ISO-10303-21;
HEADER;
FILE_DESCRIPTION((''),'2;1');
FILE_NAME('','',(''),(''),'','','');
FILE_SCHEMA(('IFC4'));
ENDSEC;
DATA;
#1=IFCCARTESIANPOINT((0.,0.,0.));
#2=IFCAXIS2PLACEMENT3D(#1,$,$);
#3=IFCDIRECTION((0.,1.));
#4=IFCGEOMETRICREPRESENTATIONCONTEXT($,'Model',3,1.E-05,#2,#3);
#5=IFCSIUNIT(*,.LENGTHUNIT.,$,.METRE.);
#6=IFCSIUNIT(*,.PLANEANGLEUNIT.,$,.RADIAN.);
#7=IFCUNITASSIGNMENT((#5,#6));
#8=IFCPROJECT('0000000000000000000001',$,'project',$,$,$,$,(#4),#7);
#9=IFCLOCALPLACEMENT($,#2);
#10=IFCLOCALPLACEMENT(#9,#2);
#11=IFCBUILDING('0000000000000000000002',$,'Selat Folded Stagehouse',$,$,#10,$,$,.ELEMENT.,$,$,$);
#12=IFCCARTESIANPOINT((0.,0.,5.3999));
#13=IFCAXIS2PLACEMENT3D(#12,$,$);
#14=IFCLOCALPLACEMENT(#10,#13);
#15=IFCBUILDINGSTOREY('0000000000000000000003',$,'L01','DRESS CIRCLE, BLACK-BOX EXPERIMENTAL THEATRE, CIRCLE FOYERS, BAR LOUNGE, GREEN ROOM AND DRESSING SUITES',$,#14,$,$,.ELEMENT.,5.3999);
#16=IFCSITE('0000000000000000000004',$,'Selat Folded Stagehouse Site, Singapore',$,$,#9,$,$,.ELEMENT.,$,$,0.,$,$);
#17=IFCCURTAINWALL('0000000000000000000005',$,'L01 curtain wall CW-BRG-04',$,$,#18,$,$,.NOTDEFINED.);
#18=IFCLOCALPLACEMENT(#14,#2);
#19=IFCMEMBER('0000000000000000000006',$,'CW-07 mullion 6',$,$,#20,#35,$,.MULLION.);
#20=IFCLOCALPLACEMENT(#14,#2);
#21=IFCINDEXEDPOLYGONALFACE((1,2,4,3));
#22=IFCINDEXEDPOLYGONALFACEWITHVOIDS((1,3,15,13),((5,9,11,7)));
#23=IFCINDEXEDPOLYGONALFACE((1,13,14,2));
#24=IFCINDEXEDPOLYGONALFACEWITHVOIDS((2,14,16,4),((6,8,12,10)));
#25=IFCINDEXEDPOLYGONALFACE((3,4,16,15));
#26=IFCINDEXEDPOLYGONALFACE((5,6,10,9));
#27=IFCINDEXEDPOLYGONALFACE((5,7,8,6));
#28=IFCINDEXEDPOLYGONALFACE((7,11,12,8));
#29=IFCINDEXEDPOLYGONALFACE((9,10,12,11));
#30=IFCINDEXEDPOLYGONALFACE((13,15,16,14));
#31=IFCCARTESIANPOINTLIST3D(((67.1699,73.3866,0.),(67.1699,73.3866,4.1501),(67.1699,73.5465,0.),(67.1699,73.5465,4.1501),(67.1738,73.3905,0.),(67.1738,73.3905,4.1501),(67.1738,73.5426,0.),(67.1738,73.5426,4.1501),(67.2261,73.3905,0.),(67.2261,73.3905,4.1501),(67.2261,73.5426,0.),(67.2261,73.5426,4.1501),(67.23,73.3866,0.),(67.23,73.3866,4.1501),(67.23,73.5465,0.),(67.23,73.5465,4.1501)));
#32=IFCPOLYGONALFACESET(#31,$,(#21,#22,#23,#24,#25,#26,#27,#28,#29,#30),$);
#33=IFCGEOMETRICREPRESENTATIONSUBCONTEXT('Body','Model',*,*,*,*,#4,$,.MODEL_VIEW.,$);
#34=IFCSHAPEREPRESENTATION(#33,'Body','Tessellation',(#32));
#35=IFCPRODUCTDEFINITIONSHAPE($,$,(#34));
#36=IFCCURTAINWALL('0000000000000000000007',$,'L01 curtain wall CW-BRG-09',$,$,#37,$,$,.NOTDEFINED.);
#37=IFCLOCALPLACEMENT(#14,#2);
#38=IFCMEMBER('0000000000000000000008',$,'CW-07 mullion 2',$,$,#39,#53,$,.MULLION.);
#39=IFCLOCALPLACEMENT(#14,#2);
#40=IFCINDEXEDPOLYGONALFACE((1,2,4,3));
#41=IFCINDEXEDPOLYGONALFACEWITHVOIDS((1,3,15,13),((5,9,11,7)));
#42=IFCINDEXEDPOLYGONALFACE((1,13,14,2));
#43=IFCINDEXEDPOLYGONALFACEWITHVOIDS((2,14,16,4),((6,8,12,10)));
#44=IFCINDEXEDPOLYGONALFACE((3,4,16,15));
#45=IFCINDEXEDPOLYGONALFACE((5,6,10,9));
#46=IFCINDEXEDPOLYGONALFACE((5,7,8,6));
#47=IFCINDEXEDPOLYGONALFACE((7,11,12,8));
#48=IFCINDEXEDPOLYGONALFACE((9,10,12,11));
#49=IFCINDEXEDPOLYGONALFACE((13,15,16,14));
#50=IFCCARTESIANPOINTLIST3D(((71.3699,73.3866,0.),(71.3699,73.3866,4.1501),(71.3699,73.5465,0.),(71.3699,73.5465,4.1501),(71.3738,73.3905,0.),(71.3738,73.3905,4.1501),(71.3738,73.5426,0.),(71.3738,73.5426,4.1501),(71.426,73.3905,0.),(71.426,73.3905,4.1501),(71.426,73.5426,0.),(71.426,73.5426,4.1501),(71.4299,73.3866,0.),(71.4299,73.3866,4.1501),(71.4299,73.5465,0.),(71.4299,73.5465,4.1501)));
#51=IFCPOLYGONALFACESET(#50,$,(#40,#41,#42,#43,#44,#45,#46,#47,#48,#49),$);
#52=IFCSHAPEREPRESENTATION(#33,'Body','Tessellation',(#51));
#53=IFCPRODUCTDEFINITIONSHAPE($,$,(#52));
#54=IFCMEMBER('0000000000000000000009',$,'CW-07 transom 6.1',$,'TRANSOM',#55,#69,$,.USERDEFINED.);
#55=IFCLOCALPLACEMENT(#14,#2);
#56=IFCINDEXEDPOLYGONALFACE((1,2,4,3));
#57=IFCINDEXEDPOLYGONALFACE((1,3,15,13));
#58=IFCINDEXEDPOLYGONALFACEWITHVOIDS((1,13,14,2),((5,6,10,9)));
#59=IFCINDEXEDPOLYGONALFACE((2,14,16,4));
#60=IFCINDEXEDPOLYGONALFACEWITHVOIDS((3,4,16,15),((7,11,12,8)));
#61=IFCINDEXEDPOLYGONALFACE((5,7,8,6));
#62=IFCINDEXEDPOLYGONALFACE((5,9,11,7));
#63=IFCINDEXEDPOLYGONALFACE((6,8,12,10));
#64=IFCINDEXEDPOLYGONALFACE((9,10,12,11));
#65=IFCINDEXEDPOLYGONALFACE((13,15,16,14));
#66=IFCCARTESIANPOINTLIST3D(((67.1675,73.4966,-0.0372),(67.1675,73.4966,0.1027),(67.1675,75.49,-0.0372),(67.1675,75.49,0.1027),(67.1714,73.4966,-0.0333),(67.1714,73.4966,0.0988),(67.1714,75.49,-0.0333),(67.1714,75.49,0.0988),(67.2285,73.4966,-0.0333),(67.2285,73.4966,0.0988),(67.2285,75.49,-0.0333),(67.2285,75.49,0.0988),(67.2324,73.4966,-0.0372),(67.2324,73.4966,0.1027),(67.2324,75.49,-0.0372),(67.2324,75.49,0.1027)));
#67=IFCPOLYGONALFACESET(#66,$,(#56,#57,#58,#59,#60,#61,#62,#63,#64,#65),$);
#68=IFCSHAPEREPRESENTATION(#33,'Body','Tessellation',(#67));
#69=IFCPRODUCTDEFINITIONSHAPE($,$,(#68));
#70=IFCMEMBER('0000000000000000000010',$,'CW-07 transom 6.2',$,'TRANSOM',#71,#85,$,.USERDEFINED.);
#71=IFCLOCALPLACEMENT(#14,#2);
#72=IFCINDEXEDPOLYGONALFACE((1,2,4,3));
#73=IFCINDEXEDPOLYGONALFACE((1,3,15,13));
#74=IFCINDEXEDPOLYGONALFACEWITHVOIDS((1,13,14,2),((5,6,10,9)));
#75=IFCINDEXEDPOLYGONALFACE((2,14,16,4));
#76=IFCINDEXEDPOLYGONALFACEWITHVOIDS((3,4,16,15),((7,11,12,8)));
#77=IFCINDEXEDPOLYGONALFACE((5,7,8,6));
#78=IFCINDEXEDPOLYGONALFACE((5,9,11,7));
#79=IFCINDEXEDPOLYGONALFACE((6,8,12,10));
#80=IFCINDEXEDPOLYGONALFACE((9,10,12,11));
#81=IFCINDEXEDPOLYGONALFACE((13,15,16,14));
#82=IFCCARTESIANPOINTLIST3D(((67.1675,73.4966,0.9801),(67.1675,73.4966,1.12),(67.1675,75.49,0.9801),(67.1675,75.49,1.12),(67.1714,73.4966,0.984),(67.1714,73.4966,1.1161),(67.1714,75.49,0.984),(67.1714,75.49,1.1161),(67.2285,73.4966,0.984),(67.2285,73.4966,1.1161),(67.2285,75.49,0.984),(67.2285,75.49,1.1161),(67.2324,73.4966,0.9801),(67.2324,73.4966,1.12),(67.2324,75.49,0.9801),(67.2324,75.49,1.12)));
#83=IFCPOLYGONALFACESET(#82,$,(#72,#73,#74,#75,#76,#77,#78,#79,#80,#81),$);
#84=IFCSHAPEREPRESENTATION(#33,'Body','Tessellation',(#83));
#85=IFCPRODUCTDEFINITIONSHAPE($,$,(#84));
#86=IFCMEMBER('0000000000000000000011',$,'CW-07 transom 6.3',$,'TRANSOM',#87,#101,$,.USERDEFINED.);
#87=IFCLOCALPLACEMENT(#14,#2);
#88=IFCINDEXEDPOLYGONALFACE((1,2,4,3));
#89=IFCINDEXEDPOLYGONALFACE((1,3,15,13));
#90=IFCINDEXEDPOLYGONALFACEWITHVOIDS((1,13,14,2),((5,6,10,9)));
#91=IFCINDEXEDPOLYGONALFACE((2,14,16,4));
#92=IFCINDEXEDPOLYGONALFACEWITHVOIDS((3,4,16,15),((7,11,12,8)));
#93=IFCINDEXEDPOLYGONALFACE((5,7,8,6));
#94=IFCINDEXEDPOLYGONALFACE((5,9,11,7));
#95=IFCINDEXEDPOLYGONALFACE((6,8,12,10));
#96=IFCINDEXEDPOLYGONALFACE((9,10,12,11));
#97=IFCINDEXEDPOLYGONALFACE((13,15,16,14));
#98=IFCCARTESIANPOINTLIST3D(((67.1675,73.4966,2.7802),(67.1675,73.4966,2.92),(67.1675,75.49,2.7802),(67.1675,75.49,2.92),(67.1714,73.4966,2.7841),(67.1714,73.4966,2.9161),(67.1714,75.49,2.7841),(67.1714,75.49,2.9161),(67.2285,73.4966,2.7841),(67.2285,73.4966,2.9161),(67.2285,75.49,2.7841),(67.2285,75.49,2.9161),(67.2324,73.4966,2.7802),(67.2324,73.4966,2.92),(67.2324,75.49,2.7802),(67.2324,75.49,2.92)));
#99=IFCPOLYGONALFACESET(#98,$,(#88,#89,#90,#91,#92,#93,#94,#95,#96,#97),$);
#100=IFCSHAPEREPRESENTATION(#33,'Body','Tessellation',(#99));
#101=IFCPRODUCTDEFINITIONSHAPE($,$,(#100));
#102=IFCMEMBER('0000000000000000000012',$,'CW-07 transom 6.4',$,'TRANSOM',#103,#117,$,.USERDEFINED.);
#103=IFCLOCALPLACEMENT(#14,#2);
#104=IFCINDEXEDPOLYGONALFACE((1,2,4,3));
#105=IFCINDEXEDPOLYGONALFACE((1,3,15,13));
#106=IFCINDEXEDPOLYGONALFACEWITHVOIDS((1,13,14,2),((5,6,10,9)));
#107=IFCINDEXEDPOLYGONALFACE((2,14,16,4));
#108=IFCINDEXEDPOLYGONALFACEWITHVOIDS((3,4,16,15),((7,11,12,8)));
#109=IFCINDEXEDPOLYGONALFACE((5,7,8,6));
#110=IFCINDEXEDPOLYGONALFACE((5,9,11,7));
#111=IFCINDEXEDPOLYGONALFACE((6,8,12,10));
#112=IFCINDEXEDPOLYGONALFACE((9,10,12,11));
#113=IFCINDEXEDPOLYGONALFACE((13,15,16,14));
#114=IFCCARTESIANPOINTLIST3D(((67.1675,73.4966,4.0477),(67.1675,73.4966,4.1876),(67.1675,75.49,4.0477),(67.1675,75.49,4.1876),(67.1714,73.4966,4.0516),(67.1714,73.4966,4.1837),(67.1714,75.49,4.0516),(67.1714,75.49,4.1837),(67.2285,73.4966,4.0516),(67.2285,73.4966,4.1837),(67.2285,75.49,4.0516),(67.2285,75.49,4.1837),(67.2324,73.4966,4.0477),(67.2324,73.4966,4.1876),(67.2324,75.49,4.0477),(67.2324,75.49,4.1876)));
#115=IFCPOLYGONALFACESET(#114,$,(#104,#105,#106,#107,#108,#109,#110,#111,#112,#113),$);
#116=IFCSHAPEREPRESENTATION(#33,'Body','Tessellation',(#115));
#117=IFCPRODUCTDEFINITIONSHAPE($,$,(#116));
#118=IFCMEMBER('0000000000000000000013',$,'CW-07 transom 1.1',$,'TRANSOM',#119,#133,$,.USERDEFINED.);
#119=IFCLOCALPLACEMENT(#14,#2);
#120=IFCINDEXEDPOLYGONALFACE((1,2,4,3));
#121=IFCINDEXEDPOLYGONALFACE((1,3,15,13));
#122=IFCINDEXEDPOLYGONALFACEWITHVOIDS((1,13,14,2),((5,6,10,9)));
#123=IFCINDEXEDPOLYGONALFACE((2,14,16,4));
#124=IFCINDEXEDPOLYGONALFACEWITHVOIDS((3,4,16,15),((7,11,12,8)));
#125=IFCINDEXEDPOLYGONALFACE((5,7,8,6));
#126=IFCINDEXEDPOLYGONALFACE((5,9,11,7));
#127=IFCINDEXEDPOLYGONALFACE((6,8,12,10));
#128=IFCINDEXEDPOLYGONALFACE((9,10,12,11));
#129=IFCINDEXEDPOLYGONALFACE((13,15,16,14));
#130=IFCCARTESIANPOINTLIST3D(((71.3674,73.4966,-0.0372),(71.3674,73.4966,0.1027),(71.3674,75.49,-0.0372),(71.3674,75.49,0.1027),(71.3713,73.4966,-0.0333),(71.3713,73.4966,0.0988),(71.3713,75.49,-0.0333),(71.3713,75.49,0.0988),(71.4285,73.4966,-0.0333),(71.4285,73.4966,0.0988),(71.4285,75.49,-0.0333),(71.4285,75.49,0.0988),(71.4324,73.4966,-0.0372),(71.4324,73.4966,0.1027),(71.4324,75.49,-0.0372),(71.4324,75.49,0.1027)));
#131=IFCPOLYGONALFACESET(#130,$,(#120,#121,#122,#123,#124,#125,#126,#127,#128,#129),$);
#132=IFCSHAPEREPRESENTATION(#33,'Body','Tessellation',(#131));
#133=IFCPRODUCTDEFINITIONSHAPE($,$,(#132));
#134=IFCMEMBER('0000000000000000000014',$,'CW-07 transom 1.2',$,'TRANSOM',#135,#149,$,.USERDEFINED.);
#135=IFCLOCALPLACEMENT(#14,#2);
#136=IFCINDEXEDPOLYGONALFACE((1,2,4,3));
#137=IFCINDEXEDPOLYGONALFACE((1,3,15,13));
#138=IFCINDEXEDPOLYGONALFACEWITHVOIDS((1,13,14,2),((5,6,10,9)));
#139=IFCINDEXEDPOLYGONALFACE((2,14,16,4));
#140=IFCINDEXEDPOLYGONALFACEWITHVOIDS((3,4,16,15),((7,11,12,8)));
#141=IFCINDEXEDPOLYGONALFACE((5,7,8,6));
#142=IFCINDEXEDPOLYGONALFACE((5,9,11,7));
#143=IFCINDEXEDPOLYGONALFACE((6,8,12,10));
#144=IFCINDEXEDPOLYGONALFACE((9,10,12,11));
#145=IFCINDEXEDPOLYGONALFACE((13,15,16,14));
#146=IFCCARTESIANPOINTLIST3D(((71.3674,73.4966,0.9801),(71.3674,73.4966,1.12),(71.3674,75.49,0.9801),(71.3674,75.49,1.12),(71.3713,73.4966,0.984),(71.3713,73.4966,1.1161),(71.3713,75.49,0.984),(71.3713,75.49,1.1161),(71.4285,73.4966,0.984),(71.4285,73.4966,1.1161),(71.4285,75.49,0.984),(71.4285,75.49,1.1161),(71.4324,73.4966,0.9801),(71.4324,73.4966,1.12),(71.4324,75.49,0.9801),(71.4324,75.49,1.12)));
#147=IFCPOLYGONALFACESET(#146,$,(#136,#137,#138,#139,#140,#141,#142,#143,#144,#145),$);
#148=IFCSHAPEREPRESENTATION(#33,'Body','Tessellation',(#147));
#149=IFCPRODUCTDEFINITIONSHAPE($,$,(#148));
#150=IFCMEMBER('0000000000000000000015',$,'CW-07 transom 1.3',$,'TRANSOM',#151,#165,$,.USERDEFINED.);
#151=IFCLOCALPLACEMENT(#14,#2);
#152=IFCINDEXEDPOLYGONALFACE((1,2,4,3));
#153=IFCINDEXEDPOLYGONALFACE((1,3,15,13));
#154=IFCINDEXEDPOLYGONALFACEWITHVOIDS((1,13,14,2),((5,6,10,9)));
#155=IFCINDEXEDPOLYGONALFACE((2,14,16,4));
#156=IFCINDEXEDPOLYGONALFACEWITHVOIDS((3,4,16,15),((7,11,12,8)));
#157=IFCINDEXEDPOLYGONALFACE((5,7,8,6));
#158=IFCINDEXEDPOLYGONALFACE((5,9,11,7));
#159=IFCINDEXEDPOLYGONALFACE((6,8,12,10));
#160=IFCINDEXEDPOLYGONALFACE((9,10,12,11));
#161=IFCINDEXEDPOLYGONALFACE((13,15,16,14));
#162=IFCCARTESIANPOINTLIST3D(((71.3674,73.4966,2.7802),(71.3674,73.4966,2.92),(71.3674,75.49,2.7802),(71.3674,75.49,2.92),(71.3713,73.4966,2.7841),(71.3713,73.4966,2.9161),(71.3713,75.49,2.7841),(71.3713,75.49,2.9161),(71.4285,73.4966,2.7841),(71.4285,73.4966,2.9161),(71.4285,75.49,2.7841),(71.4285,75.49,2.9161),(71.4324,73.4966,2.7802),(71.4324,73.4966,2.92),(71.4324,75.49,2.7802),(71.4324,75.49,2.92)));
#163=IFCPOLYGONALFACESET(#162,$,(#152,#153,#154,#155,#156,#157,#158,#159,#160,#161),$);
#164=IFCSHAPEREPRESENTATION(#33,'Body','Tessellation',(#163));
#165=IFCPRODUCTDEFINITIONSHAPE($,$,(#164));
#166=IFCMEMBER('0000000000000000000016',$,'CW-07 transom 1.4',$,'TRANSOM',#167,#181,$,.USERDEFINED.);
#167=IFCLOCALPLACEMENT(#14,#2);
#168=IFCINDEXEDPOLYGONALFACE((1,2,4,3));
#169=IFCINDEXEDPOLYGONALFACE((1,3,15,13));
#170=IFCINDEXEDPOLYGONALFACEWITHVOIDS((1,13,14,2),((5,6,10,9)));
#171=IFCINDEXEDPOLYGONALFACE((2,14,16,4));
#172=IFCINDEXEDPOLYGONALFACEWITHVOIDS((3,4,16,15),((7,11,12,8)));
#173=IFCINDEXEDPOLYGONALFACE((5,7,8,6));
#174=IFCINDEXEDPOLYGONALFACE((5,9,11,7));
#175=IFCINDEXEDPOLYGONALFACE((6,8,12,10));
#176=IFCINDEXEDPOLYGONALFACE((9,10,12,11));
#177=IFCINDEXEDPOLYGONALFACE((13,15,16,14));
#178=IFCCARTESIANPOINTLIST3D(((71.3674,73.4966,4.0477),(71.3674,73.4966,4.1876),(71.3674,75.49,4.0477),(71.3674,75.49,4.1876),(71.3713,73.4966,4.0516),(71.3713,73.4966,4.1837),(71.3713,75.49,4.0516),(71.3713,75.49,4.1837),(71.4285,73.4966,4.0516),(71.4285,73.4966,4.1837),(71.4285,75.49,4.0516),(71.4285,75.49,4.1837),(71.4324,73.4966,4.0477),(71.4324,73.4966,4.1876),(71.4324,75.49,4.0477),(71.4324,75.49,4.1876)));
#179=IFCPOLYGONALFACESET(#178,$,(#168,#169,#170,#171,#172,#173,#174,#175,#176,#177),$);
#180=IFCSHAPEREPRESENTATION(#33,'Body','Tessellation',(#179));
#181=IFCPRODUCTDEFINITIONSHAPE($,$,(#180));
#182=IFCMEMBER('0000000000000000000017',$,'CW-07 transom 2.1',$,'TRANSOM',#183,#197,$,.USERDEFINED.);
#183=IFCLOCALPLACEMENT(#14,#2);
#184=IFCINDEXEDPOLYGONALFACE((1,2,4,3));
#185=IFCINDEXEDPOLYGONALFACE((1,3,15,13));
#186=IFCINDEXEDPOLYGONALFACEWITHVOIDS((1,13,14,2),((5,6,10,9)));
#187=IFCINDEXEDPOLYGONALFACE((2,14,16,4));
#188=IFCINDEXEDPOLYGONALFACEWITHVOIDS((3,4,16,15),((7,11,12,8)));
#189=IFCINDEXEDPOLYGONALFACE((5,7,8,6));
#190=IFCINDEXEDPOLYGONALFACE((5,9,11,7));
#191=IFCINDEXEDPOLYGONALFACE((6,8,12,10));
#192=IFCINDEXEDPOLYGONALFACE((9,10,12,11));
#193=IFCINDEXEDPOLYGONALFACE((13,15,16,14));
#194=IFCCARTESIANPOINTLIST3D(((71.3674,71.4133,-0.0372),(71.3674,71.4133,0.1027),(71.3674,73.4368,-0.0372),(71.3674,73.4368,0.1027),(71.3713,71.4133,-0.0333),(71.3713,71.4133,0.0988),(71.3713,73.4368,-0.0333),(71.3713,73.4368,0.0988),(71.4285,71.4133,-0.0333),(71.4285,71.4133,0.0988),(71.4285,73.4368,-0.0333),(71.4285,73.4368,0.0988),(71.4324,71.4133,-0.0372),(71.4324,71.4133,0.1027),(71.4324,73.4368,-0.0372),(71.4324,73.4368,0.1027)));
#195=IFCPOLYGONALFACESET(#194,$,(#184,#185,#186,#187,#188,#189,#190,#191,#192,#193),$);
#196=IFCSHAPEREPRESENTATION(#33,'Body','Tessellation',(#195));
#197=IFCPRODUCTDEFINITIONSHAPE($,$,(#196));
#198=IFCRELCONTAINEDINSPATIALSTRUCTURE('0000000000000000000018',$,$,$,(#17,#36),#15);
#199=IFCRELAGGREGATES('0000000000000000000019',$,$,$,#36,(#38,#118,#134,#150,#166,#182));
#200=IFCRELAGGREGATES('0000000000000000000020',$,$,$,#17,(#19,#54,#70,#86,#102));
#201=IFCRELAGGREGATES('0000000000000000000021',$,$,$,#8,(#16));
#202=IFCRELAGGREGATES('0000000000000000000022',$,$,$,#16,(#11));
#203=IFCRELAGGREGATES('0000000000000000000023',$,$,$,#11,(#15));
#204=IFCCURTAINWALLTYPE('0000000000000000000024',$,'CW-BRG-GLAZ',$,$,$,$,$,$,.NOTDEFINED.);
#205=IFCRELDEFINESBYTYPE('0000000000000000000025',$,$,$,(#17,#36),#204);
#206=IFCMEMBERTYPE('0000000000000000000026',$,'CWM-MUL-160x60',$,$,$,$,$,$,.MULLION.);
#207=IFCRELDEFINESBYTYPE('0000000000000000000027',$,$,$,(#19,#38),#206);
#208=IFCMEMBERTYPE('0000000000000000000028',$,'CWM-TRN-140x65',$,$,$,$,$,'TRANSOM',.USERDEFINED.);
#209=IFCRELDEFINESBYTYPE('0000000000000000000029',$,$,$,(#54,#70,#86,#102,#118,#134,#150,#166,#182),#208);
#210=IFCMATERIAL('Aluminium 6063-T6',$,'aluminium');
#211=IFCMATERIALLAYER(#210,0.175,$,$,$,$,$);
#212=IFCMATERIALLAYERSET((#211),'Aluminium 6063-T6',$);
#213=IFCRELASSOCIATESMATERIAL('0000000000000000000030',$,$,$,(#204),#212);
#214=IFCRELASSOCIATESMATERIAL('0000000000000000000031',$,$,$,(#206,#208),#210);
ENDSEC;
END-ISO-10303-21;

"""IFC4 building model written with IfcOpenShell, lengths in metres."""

from ifc_helpers import new_model, si_unit, direction, frame, origin, origin_2d, place, context, subcontext, project, spatial, hollow_rectangle, extrude, material, layer, layer_set, material_profile, profile_set, type_object, element, aggregate, save


model = new_model("IFC4")

# Units and contexts
model_context = context("Model", 3, precision=1e-05, world=origin(), true_north=direction((0.0, 1.0)))
body_context = subcontext(model_context, "Body", "Model", "MODEL_VIEW")
ifc_project = project(units=[si_unit("LENGTHUNIT", "METRE"), si_unit("PLANEANGLEUNIT", "RADIAN")], contexts=[model_context])

# Site, building, storey
site_placement = place(None, origin())
site = spatial("IfcSite", under=ifc_project, at=site_placement, Name="Selat Folded Stagehouse Site, Singapore", CompositionType="ELEMENT", RefElevation=0.0)
building_placement = place(site_placement, origin())
building = spatial("IfcBuilding", under=site, at=building_placement, Name="Selat Folded Stagehouse", CompositionType="ELEMENT")
storey_placement = place(building_placement, frame((0.0, 0.0, 5.3999)))
storey = spatial("IfcBuildingStorey", under=building, at=storey_placement, Name="L01", Description="DRESS CIRCLE, BLACK-BOX EXPERIMENTAL THEATRE, CIRCLE FOYERS, BAR LOUNGE, GREEN ROOM AND DRESSING SUITES", CompositionType="ELEMENT", Elevation=5.3999)

# Curtain walls, members
ifc_material_1 = material(Name="Aluminium 6063-T6", Category="aluminium")
ifc_layer_1 = layer(ifc_material_1, 0.175)
ifc_layer_set_1 = layer_set([ifc_layer_1], Name="Aluminium 6063-T6")
curtain_wall_type = type_object("IfcCurtainWallType", Name="CW-BRG-GLAZ", PredefinedType="NOTDEFINED", material=ifc_layer_set_1)
curtain_wall_1_placement = place(storey_placement, origin())
curtain_wall_1 = element("IfcCurtainWall", 1, at=curtain_wall_1_placement, inside=storey, type_object=curtain_wall_type, Name="L01 curtain wall CW-BRG-04", PredefinedType="NOTDEFINED")
ifc_material_profile_1 = material_profile(ifc_material_1, hollow_rectangle(XDim=0.0601, YDim=0.1599, WallThickness=0.0039, at=origin_2d()), Name="ALU 160x60x4.0")
ifc_profile_set_1 = profile_set([ifc_material_profile_1], Name="Aluminium 6063-T6")
member_type_1 = type_object("IfcMemberType", Name="CWM-MUL-160x60", PredefinedType="MULLION", material=ifc_profile_set_1)
member_1_placement = place(storey_placement, frame((67.2, 73.4666, 0.0), z_axis=(0.0, 0.0, 1.0), x_axis=(-1.0, 0.0, 0.0)))
member_1 = element("IfcMember", 2, at=member_1_placement, type_object=member_type_1, Name="CW-07 mullion 6", PredefinedType="MULLION", context=body_context, shape_type="SweptSolid", body=[
    extrude(hollow_rectangle(XDim=0.0601, YDim=0.1599, WallThickness=0.0039, at=origin_2d()), origin(), (0.0, 0.0, 1.0), 4.1501),
])
curtain_wall_2_placement = place(storey_placement, origin())
curtain_wall_2 = element("IfcCurtainWall", 3, at=curtain_wall_2_placement, inside=storey, type_object=curtain_wall_type, Name="L01 curtain wall CW-BRG-09", PredefinedType="NOTDEFINED")
member_2_placement = place(storey_placement, frame((71.3999, 73.4666, 0.0), z_axis=(0.0, 0.0, 1.0), x_axis=(1.0, 0.0, 0.0)))
member_2 = element("IfcMember", 4, at=member_2_placement, type_object=member_type_1, Name="CW-07 mullion 2", PredefinedType="MULLION", context=body_context, shape_type="SweptSolid", body=[
    extrude(hollow_rectangle(XDim=0.0601, YDim=0.1599, WallThickness=0.0039, at=origin_2d()), origin(), (0.0, 0.0, 1.0), 4.1501),
])

# Members
ifc_material_profile_2 = material_profile(ifc_material_1, hollow_rectangle(XDim=0.0649, YDim=0.1399, WallThickness=0.0039, at=origin_2d()), Name="ALU 140x65x4.0")
ifc_profile_set_2 = profile_set([ifc_material_profile_2], Name="Aluminium 6063-T6")
member_type_2 = type_object("IfcMemberType", Name="CWM-TRN-140x65", ElementType="TRANSOM", PredefinedType="USERDEFINED", material=ifc_profile_set_2)
member_3_placement = place(storey_placement, frame((67.2, 73.4966, 0.0327), z_axis=(0.0, 1.0, 0.0), x_axis=(-1.0, 0.0, 0.0)))
member_3 = element("IfcMember", 5, at=member_3_placement, type_object=member_type_2, Name="CW-07 transom 6.1", ObjectType="TRANSOM", PredefinedType="USERDEFINED", context=body_context, shape_type="SweptSolid", body=[
    extrude(hollow_rectangle(XDim=0.0649, YDim=0.1399, WallThickness=0.0039, at=origin_2d()), origin(), (0.0, 0.0, 1.0), 1.9934),
])
member_4_placement = place(storey_placement, frame((67.2, 73.4966, 1.05), z_axis=(0.0, 1.0, 0.0), x_axis=(-1.0, 0.0, 0.0)))
member_4 = element("IfcMember", 6, at=member_4_placement, type_object=member_type_2, Name="CW-07 transom 6.2", ObjectType="TRANSOM", PredefinedType="USERDEFINED", context=body_context, shape_type="SweptSolid", body=[
    extrude(hollow_rectangle(XDim=0.0649, YDim=0.1399, WallThickness=0.0039, at=origin_2d()), origin(), (0.0, 0.0, 1.0), 1.9934),
])
member_5_placement = place(storey_placement, frame((67.2, 73.4966, 2.8501), z_axis=(0.0, 1.0, 0.0), x_axis=(-1.0, 0.0, 0.0)))
member_5 = element("IfcMember", 7, at=member_5_placement, type_object=member_type_2, Name="CW-07 transom 6.3", ObjectType="TRANSOM", PredefinedType="USERDEFINED", context=body_context, shape_type="SweptSolid", body=[
    extrude(hollow_rectangle(XDim=0.0649, YDim=0.1399, WallThickness=0.0039, at=origin_2d()), origin(), (0.0, 0.0, 1.0), 1.9934),
])
member_6_placement = place(storey_placement, frame((67.2, 73.4966, 4.1177), z_axis=(0.0, 1.0, 0.0), x_axis=(-1.0, 0.0, 0.0)))
member_6 = element("IfcMember", 8, at=member_6_placement, type_object=member_type_2, Name="CW-07 transom 6.4", ObjectType="TRANSOM", PredefinedType="USERDEFINED", context=body_context, shape_type="SweptSolid", body=[
    extrude(hollow_rectangle(XDim=0.0649, YDim=0.1399, WallThickness=0.0039, at=origin_2d()), origin(), (0.0, 0.0, 1.0), 1.9934),
])
member_7_placement = place(storey_placement, frame((71.3999, 75.49, 0.0327), z_axis=(0.0, -1.0, 0.0), x_axis=(1.0, 0.0, 0.0)))
member_7 = element("IfcMember", 9, at=member_7_placement, type_object=member_type_2, Name="CW-07 transom 1.1", ObjectType="TRANSOM", PredefinedType="USERDEFINED", context=body_context, shape_type="SweptSolid", body=[
    extrude(hollow_rectangle(XDim=0.0649, YDim=0.1399, WallThickness=0.0039, at=origin_2d()), origin(), (0.0, 0.0, 1.0), 1.9934),
])
member_8_placement = place(storey_placement, frame((71.3999, 75.49, 1.05), z_axis=(0.0, -1.0, 0.0), x_axis=(1.0, 0.0, 0.0)))
member_8 = element("IfcMember", 10, at=member_8_placement, type_object=member_type_2, Name="CW-07 transom 1.2", ObjectType="TRANSOM", PredefinedType="USERDEFINED", context=body_context, shape_type="SweptSolid", body=[
    extrude(hollow_rectangle(XDim=0.0649, YDim=0.1399, WallThickness=0.0039, at=origin_2d()), origin(), (0.0, 0.0, 1.0), 1.9934),
])
member_9_placement = place(storey_placement, frame((71.3999, 75.49, 2.8501), z_axis=(0.0, -1.0, 0.0), x_axis=(1.0, 0.0, 0.0)))
member_9 = element("IfcMember", 11, at=member_9_placement, type_object=member_type_2, Name="CW-07 transom 1.3", ObjectType="TRANSOM", PredefinedType="USERDEFINED", context=body_context, shape_type="SweptSolid", body=[
    extrude(hollow_rectangle(XDim=0.0649, YDim=0.1399, WallThickness=0.0039, at=origin_2d()), origin(), (0.0, 0.0, 1.0), 1.9934),
])
member_10_placement = place(storey_placement, frame((71.3999, 75.49, 4.1177), z_axis=(0.0, -1.0, 0.0), x_axis=(1.0, 0.0, 0.0)))
member_10 = element("IfcMember", 12, at=member_10_placement, type_object=member_type_2, Name="CW-07 transom 1.4", ObjectType="TRANSOM", PredefinedType="USERDEFINED", context=body_context, shape_type="SweptSolid", body=[
    extrude(hollow_rectangle(XDim=0.0649, YDim=0.1399, WallThickness=0.0039, at=origin_2d()), origin(), (0.0, 0.0, 1.0), 1.9934),
])
member_11_placement = place(storey_placement, frame((71.3999, 73.4368, 0.0327), z_axis=(0.0, -1.0, 0.0), x_axis=(1.0, 0.0, 0.0)))
member_11 = element("IfcMember", 13, at=member_11_placement, type_object=member_type_2, Name="CW-07 transom 2.1", ObjectType="TRANSOM", PredefinedType="USERDEFINED", context=body_context, shape_type="SweptSolid", body=[
    extrude(hollow_rectangle(XDim=0.0649, YDim=0.1399, WallThickness=0.0039, at=origin_2d()), origin(), (0.0, 0.0, 1.0), 2.0234),
])

aggregate(curtain_wall_2, [member_2, member_7, member_8, member_9, member_10, member_11])
aggregate(curtain_wall_1, [member_1, member_3, member_4, member_5, member_6])

save(model, "model.ifc")
